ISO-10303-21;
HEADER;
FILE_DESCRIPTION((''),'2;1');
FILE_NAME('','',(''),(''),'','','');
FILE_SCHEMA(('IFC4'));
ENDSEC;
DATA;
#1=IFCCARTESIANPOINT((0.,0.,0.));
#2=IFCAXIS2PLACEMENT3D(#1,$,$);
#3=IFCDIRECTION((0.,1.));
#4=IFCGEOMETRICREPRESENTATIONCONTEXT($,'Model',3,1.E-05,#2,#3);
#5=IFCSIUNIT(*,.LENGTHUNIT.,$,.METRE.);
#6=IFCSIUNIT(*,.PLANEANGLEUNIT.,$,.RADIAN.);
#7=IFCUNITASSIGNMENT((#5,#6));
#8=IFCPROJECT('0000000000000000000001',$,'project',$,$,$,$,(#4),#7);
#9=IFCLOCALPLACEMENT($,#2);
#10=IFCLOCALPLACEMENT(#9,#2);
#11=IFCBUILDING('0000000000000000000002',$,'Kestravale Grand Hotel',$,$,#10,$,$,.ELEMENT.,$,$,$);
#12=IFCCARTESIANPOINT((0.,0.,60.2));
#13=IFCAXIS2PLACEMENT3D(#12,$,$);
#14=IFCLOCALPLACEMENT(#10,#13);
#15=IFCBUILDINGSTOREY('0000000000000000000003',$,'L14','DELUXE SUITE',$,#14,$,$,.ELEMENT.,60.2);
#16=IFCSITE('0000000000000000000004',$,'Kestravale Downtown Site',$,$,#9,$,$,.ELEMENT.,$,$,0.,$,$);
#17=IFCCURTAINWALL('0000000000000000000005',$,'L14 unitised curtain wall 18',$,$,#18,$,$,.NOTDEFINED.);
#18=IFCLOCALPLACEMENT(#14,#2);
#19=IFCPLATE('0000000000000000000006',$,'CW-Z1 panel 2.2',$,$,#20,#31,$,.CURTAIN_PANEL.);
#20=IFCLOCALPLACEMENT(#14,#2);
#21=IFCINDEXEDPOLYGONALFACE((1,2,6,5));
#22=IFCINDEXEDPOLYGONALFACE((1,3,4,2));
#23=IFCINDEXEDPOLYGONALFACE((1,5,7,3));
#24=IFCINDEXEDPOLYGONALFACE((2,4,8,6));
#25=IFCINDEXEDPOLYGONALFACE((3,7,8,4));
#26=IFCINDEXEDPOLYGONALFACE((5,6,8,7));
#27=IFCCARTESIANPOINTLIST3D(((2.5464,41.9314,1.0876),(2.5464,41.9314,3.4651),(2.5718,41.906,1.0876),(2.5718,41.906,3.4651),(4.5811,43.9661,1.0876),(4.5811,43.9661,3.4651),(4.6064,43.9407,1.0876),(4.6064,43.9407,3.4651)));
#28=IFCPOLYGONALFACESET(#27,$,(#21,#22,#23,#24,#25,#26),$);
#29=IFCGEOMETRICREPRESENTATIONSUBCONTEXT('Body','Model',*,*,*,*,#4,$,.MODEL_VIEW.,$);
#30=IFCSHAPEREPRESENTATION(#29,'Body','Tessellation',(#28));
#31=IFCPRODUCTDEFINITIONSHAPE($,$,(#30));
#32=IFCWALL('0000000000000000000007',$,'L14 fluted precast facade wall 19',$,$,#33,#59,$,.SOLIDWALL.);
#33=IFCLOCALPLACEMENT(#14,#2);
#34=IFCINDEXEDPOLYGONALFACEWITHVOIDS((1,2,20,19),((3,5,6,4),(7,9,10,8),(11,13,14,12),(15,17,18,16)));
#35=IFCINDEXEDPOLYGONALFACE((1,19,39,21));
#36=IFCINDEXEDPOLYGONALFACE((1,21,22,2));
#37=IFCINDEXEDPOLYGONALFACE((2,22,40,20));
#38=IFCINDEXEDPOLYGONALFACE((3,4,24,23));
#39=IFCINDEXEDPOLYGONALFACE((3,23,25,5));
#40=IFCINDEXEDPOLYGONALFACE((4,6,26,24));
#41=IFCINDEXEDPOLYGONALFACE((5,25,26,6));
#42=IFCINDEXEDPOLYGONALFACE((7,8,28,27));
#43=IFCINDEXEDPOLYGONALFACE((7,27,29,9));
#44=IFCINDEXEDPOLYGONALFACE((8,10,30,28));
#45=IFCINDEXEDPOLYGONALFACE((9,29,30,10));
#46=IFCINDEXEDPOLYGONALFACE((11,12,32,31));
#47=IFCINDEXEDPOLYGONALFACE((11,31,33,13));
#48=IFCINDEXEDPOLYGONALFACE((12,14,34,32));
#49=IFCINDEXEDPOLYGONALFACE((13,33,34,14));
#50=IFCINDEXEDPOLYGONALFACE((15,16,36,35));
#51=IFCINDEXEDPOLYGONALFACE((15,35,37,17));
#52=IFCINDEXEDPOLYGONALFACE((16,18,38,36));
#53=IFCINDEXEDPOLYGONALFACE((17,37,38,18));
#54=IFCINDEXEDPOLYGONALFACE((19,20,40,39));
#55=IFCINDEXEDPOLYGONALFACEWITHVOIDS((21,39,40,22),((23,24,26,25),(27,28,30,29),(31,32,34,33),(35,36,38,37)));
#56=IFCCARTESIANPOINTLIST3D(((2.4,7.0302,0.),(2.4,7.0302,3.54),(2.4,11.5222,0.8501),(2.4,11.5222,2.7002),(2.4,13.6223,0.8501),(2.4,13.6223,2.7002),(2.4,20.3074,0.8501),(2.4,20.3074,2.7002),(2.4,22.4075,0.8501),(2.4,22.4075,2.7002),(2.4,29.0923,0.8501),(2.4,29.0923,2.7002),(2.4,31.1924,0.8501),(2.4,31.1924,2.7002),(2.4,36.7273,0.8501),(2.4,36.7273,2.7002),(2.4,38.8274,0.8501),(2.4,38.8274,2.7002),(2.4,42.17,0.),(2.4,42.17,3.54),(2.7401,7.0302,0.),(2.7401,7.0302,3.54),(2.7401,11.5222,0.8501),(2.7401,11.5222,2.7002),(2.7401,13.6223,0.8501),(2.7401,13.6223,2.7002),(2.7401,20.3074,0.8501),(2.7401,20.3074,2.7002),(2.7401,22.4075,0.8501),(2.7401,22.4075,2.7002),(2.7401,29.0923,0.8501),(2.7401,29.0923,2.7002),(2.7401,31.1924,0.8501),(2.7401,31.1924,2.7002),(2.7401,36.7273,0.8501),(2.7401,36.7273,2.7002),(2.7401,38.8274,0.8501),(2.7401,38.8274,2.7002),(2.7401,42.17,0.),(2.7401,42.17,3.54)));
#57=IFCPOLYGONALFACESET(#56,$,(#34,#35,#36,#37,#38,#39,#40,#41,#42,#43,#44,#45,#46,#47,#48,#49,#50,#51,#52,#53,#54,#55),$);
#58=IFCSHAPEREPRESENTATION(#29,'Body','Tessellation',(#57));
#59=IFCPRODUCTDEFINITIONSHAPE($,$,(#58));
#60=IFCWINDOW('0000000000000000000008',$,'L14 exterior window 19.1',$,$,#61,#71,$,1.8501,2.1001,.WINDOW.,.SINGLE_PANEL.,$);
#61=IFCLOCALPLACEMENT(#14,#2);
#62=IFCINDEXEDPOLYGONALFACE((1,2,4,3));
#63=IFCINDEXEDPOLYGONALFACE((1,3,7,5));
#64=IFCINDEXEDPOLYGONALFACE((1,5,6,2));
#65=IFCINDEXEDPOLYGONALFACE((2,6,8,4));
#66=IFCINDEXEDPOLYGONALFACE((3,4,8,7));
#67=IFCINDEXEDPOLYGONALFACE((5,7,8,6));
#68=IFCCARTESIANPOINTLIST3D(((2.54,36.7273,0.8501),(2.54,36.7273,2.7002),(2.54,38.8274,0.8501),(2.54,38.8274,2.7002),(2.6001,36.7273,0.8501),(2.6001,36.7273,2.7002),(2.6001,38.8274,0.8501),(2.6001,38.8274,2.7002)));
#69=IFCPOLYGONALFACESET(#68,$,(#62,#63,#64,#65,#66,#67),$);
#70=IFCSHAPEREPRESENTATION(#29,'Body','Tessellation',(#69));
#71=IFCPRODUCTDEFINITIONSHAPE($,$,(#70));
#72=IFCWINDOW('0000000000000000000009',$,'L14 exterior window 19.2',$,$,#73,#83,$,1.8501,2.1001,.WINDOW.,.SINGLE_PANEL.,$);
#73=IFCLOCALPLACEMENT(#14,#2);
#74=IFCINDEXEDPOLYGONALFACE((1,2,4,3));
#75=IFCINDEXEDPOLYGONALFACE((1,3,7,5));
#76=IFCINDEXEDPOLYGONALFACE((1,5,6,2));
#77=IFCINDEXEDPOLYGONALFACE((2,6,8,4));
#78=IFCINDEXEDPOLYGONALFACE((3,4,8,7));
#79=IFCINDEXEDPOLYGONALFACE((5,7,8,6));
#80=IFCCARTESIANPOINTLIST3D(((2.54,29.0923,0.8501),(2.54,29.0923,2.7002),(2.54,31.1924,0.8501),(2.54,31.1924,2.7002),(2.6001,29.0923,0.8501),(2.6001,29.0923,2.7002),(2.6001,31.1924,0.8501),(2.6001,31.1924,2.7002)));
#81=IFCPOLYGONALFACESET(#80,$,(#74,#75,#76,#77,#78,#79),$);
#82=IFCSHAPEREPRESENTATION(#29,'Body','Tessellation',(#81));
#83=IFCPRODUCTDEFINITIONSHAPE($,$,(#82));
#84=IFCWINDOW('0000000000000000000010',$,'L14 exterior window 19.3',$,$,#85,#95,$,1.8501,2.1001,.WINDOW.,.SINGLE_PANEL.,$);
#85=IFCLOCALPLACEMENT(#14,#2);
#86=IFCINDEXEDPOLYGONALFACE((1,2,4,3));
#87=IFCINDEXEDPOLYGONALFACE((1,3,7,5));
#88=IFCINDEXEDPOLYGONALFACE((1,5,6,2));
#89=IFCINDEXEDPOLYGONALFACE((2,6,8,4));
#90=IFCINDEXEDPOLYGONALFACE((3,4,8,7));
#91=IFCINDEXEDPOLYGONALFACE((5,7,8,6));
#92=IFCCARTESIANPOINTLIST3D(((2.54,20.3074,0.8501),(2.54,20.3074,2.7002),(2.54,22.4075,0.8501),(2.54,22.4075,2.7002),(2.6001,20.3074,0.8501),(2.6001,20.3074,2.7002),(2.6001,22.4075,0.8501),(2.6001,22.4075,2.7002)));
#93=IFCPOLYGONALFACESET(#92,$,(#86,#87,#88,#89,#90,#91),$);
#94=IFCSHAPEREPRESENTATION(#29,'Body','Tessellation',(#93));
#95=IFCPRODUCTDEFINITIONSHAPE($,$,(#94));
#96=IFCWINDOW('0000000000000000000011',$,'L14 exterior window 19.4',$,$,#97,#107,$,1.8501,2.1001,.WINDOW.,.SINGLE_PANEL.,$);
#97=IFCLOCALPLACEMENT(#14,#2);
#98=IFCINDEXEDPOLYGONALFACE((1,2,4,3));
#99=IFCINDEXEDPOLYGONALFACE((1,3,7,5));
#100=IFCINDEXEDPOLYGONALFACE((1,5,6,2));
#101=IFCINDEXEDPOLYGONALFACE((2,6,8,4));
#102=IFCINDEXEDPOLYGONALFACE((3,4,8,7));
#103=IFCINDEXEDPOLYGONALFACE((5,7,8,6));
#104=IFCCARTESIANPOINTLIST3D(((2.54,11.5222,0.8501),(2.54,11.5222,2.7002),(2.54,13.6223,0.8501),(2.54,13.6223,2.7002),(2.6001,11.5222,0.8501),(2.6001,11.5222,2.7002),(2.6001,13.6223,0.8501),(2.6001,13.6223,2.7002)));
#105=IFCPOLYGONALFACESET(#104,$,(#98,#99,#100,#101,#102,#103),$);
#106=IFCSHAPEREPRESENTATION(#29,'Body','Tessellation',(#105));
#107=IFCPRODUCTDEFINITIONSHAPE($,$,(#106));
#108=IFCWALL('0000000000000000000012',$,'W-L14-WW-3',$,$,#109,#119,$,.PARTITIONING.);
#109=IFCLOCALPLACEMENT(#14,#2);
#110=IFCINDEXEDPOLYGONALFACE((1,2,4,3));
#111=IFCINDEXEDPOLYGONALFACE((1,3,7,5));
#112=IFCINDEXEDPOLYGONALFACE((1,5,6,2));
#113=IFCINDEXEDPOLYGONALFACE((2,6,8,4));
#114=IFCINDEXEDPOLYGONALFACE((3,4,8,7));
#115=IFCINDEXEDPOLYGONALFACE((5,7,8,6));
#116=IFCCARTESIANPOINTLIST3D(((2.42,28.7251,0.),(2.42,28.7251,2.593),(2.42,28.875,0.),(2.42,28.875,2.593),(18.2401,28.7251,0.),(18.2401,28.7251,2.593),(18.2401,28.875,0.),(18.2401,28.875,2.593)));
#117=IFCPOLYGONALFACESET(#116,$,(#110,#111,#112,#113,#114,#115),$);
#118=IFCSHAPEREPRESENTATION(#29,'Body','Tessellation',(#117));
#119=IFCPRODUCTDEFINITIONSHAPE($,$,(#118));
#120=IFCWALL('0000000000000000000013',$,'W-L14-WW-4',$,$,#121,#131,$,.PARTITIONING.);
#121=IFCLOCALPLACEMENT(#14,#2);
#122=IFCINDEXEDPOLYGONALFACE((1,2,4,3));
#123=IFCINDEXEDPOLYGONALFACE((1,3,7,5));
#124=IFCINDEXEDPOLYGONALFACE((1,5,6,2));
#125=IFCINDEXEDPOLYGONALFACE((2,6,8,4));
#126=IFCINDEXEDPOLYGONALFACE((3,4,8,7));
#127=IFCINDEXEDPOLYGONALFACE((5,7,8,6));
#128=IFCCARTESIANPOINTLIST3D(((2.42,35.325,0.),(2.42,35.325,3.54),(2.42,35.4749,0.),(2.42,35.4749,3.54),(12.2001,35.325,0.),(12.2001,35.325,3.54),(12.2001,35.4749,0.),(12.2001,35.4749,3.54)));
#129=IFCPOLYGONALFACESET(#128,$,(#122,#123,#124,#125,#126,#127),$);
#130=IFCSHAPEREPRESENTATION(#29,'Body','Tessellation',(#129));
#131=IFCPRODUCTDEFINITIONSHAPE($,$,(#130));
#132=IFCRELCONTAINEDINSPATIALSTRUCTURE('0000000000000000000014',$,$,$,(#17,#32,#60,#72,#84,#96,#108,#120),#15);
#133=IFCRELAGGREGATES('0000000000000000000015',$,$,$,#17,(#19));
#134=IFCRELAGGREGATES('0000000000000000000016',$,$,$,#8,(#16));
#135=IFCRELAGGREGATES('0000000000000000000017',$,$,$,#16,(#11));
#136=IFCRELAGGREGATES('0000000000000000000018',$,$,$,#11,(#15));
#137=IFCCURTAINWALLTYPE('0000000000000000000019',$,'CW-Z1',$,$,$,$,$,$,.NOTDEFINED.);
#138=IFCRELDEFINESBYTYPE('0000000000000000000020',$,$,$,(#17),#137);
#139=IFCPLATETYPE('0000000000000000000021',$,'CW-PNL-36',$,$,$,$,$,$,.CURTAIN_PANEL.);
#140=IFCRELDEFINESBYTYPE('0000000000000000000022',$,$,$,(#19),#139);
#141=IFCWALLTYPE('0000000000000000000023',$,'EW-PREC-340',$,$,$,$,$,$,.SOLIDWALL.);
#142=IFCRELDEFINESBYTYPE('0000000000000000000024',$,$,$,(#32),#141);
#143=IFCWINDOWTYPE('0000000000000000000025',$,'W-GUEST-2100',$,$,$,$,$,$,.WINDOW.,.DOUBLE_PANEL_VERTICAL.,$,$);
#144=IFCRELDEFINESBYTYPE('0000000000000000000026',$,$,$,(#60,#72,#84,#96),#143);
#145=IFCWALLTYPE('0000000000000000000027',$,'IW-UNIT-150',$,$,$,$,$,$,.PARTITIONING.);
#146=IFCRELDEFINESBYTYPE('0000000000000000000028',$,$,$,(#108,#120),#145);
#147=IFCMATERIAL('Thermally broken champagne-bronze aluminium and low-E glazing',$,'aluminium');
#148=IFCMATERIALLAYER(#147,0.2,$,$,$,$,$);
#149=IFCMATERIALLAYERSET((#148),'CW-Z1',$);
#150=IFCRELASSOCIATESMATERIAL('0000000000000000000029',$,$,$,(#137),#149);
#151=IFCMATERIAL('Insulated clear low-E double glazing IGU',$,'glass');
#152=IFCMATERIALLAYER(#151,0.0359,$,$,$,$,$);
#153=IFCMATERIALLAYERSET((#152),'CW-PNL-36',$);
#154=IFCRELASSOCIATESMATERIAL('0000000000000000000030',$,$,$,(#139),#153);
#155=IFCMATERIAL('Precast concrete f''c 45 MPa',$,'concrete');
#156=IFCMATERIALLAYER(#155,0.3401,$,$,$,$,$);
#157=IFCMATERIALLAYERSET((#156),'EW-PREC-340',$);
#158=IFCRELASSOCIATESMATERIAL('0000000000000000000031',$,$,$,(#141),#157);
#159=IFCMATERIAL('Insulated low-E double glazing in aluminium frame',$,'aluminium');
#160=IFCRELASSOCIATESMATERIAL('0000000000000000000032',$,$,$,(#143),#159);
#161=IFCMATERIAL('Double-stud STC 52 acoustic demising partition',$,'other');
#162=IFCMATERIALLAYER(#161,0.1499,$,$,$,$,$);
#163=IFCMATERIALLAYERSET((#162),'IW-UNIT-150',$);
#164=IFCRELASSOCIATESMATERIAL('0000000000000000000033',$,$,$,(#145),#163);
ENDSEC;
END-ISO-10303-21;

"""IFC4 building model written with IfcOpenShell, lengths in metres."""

from ifc_helpers import new_model, si_unit, direction, frame, frame_2d, origin, origin_2d, place, context, subcontext, project, spatial, rectangle, extrude, material, layer, layer_set, type_object, element, fill, aggregate, save


model = new_model("IFC4")

# Units and contexts
model_context = context("Model", 3, precision=1e-05, world=origin(), true_north=direction((0.0, 1.0)))
body_context = subcontext(model_context, "Body", "Model", "MODEL_VIEW")
ifc_project = project(units=[si_unit("LENGTHUNIT", "METRE"), si_unit("PLANEANGLEUNIT", "RADIAN")], contexts=[model_context])

# Site, building, storey
site_placement = place(None, origin())
site = spatial("IfcSite", under=ifc_project, at=site_placement, Name="Kestravale Downtown Site", CompositionType="ELEMENT", RefElevation=0.0)
building_placement = place(site_placement, origin())
building = spatial("IfcBuilding", under=site, at=building_placement, Name="Kestravale Grand Hotel", CompositionType="ELEMENT")
storey_placement = place(building_placement, frame((0.0, 0.0, 60.2)))
storey = spatial("IfcBuildingStorey", under=building, at=storey_placement, Name="L14", Description="DELUXE SUITE", CompositionType="ELEMENT", Elevation=60.2)

# Curtain wall, plate
ifc_material_1 = material(Name="Thermally broken champagne-bronze aluminium and low-E glazing", Category="aluminium")
ifc_layer_1 = layer(ifc_material_1, 0.2)
ifc_layer_set_1 = layer_set([ifc_layer_1], Name="CW-Z1")
curtain_wall_type = type_object("IfcCurtainWallType", Name="CW-Z1", PredefinedType="NOTDEFINED", material=ifc_layer_set_1)
curtain_wall_placement = place(storey_placement, origin())
curtain_wall = element("IfcCurtainWall", 1, at=curtain_wall_placement, inside=storey, type_object=curtain_wall_type, Name="L14 unitised curtain wall 18", PredefinedType="NOTDEFINED")
ifc_material_2 = material(Name="Insulated clear low-E double glazing IGU", Category="glass")
ifc_layer_2 = layer(ifc_material_2, 0.0359)
ifc_layer_set_2 = layer_set([ifc_layer_2], Name="CW-PNL-36")
plate_type = type_object("IfcPlateType", Name="CW-PNL-36", PredefinedType="CURTAIN_PANEL", material=ifc_layer_set_2)
plate_1_placement = place(storey_placement, frame((3.5764, 42.936, 1.0876), z_axis=(0.0, 0.0, 1.0), x_axis=(-0.707107, -0.707107, 0.0)))
plate_1 = element("IfcPlate", 2, at=plate_1_placement, type_object=plate_type, Name="CW-Z1 panel 2.2", PredefinedType="CURTAIN_PANEL", context=body_context, shape_type="SweptSolid", body=[
    extrude(rectangle(XDim=2.8774, YDim=0.0359, at=origin_2d()), origin(), (0.0, 0.0, 1.0), 2.3774),
])
aggregate(curtain_wall, [plate_1])

# Wall, openings, windows
ifc_material_3 = material(Name="Precast concrete f'c 45 MPa", Category="concrete")
ifc_layer_3 = layer(ifc_material_3, 0.3401)
ifc_layer_set_3 = layer_set([ifc_layer_3], Name="EW-PREC-340")
wall_type_1 = type_object("IfcWallType", Name="EW-PREC-340", PredefinedType="SOLIDWALL", material=ifc_layer_set_3)
wall_1_placement = place(storey_placement, frame((2.5701, 42.1699, 0.0), z_axis=(0.0, 0.0, 1.0), x_axis=(0.0, -1.0, 0.0)))
wall_1 = element("IfcWall", 3, at=wall_1_placement, inside=storey, type_object=wall_type_1, Name="L14 fluted precast facade wall 19", PredefinedType="SOLIDWALL", context=body_context, shape_type="SweptSolid", body=[
    extrude(rectangle(XDim=35.1399, YDim=0.3401, at=frame_2d((17.5698, 0.0))), origin(), (0.0, 0.0, 1.0), 3.54),
])
opening_1_placement = place(wall_1_placement, frame((3.3425, 0.0, 0.8501)))
opening_1 = element("IfcOpeningElement", 4, at=opening_1_placement, cuts=wall_1, PredefinedType="OPENING", context=body_context, shape_type="SweptSolid", body=[
    extrude(rectangle(XDim=2.1001, YDim=1.8501, at=frame_2d((1.05, 0.925))), frame((0.0, 0.1799, 0.0), z_axis=(0.0, -1.0, 0.0), x_axis=(1.0, 0.0, 0.0)), (0.0, 0.0, 1.0), 0.3601),
])
opening_2_placement = place(wall_1_placement, frame((10.9775, 0.0, 0.8501)))
opening_2 = element("IfcOpeningElement", 5, at=opening_2_placement, cuts=wall_1, PredefinedType="OPENING", context=body_context, shape_type="SweptSolid", body=[
    extrude(rectangle(XDim=2.1001, YDim=1.8501, at=frame_2d((1.05, 0.925))), frame((0.0, 0.1799, 0.0), z_axis=(0.0, -1.0, 0.0), x_axis=(1.0, 0.0, 0.0)), (0.0, 0.0, 1.0), 0.3601),
])
opening_3_placement = place(wall_1_placement, frame((19.7625, 0.0, 0.8501)))
opening_3 = element("IfcOpeningElement", 6, at=opening_3_placement, cuts=wall_1, PredefinedType="OPENING", context=body_context, shape_type="SweptSolid", body=[
    extrude(rectangle(XDim=2.1001, YDim=1.8501, at=frame_2d((1.05, 0.925))), frame((0.0, 0.1799, 0.0), z_axis=(0.0, -1.0, 0.0), x_axis=(1.0, 0.0, 0.0)), (0.0, 0.0, 1.0), 0.3601),
])
opening_4_placement = place(wall_1_placement, frame((28.5476, 0.0, 0.8501)))
opening_4 = element("IfcOpeningElement", 7, at=opening_4_placement, cuts=wall_1, PredefinedType="OPENING", context=body_context, shape_type="SweptSolid", body=[
    extrude(rectangle(XDim=2.1001, YDim=1.8501, at=frame_2d((1.05, 0.925))), frame((0.0, 0.1799, 0.0), z_axis=(0.0, -1.0, 0.0), x_axis=(1.0, 0.0, 0.0)), (0.0, 0.0, 1.0), 0.3601),
])
ifc_material_4 = material(Name="Insulated low-E double glazing in aluminium frame", Category="aluminium")
window_type = type_object("IfcWindowType", Name="W-GUEST-2100", PartitioningType="DOUBLE_PANEL_VERTICAL", PredefinedType="WINDOW", material=ifc_material_4)
window_1_placement = place(opening_1_placement, origin())
window_1 = element("IfcWindow", 8, at=window_1_placement, inside=storey, type_object=window_type, Name="L14 exterior window 19.1", OverallHeight=1.8501, OverallWidth=2.1001, PartitioningType="SINGLE_PANEL", PredefinedType="WINDOW", context=body_context, shape_type="SweptSolid", body=[
    extrude(rectangle(XDim=2.1001, YDim=1.8501, at=frame_2d((1.05, 0.925))), frame((0.0, 0.03, 0.0), z_axis=(0.0, -1.0, 0.0), x_axis=(1.0, 0.0, 0.0)), (0.0, 0.0, 1.0), 0.0601),
])
fill(opening_1, window_1)
window_2_placement = place(opening_2_placement, origin())
window_2 = element("IfcWindow", 9, at=window_2_placement, inside=storey, type_object=window_type, Name="L14 exterior window 19.2", OverallHeight=1.8501, OverallWidth=2.1001, PartitioningType="SINGLE_PANEL", PredefinedType="WINDOW", context=body_context, shape_type="SweptSolid", body=[
    extrude(rectangle(XDim=2.1001, YDim=1.8501, at=frame_2d((1.05, 0.925))), frame((0.0, 0.03, 0.0), z_axis=(0.0, -1.0, 0.0), x_axis=(1.0, 0.0, 0.0)), (0.0, 0.0, 1.0), 0.0601),
])
fill(opening_2, window_2)
window_3_placement = place(opening_3_placement, origin())
window_3 = element("IfcWindow", 10, at=window_3_placement, inside=storey, type_object=window_type, Name="L14 exterior window 19.3", OverallHeight=1.8501, OverallWidth=2.1001, PartitioningType="SINGLE_PANEL", PredefinedType="WINDOW", context=body_context, shape_type="SweptSolid", body=[
    extrude(rectangle(XDim=2.1001, YDim=1.8501, at=frame_2d((1.05, 0.925))), frame((0.0, 0.03, 0.0), z_axis=(0.0, -1.0, 0.0), x_axis=(1.0, 0.0, 0.0)), (0.0, 0.0, 1.0), 0.0601),
])
fill(opening_3, window_3)
window_4_placement = place(opening_4_placement, origin())
window_4 = element("IfcWindow", 11, at=window_4_placement, inside=storey, type_object=window_type, Name="L14 exterior window 19.4", OverallHeight=1.8501, OverallWidth=2.1001, PartitioningType="SINGLE_PANEL", PredefinedType="WINDOW", context=body_context, shape_type="SweptSolid", body=[
    extrude(rectangle(XDim=2.1001, YDim=1.8501, at=frame_2d((1.05, 0.925))), frame((0.0, 0.03, 0.0), z_axis=(0.0, -1.0, 0.0), x_axis=(1.0, 0.0, 0.0)), (0.0, 0.0, 1.0), 0.0601),
])
fill(opening_4, window_4)

# Walls
ifc_material_5 = material(Name="Double-stud STC 52 acoustic demising partition", Category="other")
ifc_layer_4 = layer(ifc_material_5, 0.1499)
ifc_layer_set_4 = layer_set([ifc_layer_4], Name="IW-UNIT-150")
wall_type_2 = type_object("IfcWallType", Name="IW-UNIT-150", PredefinedType="PARTITIONING", material=ifc_layer_set_4)
wall_2_placement = place(storey_placement, frame((2.4199, 28.8, 0.0), z_axis=(0.0, 0.0, 1.0), x_axis=(1.0, 0.0, 0.0)))
element("IfcWall", 12, at=wall_2_placement, inside=storey, type_object=wall_type_2, Name="W-L14-WW-3", PredefinedType="PARTITIONING", context=body_context, shape_type="SweptSolid", body=[
    extrude(rectangle(XDim=15.8201, YDim=0.1499, at=frame_2d((7.9102, 0.0))), origin(), (0.0, 0.0, 1.0), 2.593),
])
wall_3_placement = place(storey_placement, frame((2.4199, 35.3999, 0.0), z_axis=(0.0, 0.0, 1.0), x_axis=(1.0, 0.0, 0.0)))
element("IfcWall", 13, at=wall_3_placement, inside=storey, type_object=wall_type_2, Name="W-L14-WW-4", PredefinedType="PARTITIONING", context=body_context, shape_type="SweptSolid", body=[
    extrude(rectangle(XDim=9.78, YDim=0.1499, at=frame_2d((4.8901, 0.0))), origin(), (0.0, 0.0, 1.0), 3.54),
])

save(model, "model.ifc")
